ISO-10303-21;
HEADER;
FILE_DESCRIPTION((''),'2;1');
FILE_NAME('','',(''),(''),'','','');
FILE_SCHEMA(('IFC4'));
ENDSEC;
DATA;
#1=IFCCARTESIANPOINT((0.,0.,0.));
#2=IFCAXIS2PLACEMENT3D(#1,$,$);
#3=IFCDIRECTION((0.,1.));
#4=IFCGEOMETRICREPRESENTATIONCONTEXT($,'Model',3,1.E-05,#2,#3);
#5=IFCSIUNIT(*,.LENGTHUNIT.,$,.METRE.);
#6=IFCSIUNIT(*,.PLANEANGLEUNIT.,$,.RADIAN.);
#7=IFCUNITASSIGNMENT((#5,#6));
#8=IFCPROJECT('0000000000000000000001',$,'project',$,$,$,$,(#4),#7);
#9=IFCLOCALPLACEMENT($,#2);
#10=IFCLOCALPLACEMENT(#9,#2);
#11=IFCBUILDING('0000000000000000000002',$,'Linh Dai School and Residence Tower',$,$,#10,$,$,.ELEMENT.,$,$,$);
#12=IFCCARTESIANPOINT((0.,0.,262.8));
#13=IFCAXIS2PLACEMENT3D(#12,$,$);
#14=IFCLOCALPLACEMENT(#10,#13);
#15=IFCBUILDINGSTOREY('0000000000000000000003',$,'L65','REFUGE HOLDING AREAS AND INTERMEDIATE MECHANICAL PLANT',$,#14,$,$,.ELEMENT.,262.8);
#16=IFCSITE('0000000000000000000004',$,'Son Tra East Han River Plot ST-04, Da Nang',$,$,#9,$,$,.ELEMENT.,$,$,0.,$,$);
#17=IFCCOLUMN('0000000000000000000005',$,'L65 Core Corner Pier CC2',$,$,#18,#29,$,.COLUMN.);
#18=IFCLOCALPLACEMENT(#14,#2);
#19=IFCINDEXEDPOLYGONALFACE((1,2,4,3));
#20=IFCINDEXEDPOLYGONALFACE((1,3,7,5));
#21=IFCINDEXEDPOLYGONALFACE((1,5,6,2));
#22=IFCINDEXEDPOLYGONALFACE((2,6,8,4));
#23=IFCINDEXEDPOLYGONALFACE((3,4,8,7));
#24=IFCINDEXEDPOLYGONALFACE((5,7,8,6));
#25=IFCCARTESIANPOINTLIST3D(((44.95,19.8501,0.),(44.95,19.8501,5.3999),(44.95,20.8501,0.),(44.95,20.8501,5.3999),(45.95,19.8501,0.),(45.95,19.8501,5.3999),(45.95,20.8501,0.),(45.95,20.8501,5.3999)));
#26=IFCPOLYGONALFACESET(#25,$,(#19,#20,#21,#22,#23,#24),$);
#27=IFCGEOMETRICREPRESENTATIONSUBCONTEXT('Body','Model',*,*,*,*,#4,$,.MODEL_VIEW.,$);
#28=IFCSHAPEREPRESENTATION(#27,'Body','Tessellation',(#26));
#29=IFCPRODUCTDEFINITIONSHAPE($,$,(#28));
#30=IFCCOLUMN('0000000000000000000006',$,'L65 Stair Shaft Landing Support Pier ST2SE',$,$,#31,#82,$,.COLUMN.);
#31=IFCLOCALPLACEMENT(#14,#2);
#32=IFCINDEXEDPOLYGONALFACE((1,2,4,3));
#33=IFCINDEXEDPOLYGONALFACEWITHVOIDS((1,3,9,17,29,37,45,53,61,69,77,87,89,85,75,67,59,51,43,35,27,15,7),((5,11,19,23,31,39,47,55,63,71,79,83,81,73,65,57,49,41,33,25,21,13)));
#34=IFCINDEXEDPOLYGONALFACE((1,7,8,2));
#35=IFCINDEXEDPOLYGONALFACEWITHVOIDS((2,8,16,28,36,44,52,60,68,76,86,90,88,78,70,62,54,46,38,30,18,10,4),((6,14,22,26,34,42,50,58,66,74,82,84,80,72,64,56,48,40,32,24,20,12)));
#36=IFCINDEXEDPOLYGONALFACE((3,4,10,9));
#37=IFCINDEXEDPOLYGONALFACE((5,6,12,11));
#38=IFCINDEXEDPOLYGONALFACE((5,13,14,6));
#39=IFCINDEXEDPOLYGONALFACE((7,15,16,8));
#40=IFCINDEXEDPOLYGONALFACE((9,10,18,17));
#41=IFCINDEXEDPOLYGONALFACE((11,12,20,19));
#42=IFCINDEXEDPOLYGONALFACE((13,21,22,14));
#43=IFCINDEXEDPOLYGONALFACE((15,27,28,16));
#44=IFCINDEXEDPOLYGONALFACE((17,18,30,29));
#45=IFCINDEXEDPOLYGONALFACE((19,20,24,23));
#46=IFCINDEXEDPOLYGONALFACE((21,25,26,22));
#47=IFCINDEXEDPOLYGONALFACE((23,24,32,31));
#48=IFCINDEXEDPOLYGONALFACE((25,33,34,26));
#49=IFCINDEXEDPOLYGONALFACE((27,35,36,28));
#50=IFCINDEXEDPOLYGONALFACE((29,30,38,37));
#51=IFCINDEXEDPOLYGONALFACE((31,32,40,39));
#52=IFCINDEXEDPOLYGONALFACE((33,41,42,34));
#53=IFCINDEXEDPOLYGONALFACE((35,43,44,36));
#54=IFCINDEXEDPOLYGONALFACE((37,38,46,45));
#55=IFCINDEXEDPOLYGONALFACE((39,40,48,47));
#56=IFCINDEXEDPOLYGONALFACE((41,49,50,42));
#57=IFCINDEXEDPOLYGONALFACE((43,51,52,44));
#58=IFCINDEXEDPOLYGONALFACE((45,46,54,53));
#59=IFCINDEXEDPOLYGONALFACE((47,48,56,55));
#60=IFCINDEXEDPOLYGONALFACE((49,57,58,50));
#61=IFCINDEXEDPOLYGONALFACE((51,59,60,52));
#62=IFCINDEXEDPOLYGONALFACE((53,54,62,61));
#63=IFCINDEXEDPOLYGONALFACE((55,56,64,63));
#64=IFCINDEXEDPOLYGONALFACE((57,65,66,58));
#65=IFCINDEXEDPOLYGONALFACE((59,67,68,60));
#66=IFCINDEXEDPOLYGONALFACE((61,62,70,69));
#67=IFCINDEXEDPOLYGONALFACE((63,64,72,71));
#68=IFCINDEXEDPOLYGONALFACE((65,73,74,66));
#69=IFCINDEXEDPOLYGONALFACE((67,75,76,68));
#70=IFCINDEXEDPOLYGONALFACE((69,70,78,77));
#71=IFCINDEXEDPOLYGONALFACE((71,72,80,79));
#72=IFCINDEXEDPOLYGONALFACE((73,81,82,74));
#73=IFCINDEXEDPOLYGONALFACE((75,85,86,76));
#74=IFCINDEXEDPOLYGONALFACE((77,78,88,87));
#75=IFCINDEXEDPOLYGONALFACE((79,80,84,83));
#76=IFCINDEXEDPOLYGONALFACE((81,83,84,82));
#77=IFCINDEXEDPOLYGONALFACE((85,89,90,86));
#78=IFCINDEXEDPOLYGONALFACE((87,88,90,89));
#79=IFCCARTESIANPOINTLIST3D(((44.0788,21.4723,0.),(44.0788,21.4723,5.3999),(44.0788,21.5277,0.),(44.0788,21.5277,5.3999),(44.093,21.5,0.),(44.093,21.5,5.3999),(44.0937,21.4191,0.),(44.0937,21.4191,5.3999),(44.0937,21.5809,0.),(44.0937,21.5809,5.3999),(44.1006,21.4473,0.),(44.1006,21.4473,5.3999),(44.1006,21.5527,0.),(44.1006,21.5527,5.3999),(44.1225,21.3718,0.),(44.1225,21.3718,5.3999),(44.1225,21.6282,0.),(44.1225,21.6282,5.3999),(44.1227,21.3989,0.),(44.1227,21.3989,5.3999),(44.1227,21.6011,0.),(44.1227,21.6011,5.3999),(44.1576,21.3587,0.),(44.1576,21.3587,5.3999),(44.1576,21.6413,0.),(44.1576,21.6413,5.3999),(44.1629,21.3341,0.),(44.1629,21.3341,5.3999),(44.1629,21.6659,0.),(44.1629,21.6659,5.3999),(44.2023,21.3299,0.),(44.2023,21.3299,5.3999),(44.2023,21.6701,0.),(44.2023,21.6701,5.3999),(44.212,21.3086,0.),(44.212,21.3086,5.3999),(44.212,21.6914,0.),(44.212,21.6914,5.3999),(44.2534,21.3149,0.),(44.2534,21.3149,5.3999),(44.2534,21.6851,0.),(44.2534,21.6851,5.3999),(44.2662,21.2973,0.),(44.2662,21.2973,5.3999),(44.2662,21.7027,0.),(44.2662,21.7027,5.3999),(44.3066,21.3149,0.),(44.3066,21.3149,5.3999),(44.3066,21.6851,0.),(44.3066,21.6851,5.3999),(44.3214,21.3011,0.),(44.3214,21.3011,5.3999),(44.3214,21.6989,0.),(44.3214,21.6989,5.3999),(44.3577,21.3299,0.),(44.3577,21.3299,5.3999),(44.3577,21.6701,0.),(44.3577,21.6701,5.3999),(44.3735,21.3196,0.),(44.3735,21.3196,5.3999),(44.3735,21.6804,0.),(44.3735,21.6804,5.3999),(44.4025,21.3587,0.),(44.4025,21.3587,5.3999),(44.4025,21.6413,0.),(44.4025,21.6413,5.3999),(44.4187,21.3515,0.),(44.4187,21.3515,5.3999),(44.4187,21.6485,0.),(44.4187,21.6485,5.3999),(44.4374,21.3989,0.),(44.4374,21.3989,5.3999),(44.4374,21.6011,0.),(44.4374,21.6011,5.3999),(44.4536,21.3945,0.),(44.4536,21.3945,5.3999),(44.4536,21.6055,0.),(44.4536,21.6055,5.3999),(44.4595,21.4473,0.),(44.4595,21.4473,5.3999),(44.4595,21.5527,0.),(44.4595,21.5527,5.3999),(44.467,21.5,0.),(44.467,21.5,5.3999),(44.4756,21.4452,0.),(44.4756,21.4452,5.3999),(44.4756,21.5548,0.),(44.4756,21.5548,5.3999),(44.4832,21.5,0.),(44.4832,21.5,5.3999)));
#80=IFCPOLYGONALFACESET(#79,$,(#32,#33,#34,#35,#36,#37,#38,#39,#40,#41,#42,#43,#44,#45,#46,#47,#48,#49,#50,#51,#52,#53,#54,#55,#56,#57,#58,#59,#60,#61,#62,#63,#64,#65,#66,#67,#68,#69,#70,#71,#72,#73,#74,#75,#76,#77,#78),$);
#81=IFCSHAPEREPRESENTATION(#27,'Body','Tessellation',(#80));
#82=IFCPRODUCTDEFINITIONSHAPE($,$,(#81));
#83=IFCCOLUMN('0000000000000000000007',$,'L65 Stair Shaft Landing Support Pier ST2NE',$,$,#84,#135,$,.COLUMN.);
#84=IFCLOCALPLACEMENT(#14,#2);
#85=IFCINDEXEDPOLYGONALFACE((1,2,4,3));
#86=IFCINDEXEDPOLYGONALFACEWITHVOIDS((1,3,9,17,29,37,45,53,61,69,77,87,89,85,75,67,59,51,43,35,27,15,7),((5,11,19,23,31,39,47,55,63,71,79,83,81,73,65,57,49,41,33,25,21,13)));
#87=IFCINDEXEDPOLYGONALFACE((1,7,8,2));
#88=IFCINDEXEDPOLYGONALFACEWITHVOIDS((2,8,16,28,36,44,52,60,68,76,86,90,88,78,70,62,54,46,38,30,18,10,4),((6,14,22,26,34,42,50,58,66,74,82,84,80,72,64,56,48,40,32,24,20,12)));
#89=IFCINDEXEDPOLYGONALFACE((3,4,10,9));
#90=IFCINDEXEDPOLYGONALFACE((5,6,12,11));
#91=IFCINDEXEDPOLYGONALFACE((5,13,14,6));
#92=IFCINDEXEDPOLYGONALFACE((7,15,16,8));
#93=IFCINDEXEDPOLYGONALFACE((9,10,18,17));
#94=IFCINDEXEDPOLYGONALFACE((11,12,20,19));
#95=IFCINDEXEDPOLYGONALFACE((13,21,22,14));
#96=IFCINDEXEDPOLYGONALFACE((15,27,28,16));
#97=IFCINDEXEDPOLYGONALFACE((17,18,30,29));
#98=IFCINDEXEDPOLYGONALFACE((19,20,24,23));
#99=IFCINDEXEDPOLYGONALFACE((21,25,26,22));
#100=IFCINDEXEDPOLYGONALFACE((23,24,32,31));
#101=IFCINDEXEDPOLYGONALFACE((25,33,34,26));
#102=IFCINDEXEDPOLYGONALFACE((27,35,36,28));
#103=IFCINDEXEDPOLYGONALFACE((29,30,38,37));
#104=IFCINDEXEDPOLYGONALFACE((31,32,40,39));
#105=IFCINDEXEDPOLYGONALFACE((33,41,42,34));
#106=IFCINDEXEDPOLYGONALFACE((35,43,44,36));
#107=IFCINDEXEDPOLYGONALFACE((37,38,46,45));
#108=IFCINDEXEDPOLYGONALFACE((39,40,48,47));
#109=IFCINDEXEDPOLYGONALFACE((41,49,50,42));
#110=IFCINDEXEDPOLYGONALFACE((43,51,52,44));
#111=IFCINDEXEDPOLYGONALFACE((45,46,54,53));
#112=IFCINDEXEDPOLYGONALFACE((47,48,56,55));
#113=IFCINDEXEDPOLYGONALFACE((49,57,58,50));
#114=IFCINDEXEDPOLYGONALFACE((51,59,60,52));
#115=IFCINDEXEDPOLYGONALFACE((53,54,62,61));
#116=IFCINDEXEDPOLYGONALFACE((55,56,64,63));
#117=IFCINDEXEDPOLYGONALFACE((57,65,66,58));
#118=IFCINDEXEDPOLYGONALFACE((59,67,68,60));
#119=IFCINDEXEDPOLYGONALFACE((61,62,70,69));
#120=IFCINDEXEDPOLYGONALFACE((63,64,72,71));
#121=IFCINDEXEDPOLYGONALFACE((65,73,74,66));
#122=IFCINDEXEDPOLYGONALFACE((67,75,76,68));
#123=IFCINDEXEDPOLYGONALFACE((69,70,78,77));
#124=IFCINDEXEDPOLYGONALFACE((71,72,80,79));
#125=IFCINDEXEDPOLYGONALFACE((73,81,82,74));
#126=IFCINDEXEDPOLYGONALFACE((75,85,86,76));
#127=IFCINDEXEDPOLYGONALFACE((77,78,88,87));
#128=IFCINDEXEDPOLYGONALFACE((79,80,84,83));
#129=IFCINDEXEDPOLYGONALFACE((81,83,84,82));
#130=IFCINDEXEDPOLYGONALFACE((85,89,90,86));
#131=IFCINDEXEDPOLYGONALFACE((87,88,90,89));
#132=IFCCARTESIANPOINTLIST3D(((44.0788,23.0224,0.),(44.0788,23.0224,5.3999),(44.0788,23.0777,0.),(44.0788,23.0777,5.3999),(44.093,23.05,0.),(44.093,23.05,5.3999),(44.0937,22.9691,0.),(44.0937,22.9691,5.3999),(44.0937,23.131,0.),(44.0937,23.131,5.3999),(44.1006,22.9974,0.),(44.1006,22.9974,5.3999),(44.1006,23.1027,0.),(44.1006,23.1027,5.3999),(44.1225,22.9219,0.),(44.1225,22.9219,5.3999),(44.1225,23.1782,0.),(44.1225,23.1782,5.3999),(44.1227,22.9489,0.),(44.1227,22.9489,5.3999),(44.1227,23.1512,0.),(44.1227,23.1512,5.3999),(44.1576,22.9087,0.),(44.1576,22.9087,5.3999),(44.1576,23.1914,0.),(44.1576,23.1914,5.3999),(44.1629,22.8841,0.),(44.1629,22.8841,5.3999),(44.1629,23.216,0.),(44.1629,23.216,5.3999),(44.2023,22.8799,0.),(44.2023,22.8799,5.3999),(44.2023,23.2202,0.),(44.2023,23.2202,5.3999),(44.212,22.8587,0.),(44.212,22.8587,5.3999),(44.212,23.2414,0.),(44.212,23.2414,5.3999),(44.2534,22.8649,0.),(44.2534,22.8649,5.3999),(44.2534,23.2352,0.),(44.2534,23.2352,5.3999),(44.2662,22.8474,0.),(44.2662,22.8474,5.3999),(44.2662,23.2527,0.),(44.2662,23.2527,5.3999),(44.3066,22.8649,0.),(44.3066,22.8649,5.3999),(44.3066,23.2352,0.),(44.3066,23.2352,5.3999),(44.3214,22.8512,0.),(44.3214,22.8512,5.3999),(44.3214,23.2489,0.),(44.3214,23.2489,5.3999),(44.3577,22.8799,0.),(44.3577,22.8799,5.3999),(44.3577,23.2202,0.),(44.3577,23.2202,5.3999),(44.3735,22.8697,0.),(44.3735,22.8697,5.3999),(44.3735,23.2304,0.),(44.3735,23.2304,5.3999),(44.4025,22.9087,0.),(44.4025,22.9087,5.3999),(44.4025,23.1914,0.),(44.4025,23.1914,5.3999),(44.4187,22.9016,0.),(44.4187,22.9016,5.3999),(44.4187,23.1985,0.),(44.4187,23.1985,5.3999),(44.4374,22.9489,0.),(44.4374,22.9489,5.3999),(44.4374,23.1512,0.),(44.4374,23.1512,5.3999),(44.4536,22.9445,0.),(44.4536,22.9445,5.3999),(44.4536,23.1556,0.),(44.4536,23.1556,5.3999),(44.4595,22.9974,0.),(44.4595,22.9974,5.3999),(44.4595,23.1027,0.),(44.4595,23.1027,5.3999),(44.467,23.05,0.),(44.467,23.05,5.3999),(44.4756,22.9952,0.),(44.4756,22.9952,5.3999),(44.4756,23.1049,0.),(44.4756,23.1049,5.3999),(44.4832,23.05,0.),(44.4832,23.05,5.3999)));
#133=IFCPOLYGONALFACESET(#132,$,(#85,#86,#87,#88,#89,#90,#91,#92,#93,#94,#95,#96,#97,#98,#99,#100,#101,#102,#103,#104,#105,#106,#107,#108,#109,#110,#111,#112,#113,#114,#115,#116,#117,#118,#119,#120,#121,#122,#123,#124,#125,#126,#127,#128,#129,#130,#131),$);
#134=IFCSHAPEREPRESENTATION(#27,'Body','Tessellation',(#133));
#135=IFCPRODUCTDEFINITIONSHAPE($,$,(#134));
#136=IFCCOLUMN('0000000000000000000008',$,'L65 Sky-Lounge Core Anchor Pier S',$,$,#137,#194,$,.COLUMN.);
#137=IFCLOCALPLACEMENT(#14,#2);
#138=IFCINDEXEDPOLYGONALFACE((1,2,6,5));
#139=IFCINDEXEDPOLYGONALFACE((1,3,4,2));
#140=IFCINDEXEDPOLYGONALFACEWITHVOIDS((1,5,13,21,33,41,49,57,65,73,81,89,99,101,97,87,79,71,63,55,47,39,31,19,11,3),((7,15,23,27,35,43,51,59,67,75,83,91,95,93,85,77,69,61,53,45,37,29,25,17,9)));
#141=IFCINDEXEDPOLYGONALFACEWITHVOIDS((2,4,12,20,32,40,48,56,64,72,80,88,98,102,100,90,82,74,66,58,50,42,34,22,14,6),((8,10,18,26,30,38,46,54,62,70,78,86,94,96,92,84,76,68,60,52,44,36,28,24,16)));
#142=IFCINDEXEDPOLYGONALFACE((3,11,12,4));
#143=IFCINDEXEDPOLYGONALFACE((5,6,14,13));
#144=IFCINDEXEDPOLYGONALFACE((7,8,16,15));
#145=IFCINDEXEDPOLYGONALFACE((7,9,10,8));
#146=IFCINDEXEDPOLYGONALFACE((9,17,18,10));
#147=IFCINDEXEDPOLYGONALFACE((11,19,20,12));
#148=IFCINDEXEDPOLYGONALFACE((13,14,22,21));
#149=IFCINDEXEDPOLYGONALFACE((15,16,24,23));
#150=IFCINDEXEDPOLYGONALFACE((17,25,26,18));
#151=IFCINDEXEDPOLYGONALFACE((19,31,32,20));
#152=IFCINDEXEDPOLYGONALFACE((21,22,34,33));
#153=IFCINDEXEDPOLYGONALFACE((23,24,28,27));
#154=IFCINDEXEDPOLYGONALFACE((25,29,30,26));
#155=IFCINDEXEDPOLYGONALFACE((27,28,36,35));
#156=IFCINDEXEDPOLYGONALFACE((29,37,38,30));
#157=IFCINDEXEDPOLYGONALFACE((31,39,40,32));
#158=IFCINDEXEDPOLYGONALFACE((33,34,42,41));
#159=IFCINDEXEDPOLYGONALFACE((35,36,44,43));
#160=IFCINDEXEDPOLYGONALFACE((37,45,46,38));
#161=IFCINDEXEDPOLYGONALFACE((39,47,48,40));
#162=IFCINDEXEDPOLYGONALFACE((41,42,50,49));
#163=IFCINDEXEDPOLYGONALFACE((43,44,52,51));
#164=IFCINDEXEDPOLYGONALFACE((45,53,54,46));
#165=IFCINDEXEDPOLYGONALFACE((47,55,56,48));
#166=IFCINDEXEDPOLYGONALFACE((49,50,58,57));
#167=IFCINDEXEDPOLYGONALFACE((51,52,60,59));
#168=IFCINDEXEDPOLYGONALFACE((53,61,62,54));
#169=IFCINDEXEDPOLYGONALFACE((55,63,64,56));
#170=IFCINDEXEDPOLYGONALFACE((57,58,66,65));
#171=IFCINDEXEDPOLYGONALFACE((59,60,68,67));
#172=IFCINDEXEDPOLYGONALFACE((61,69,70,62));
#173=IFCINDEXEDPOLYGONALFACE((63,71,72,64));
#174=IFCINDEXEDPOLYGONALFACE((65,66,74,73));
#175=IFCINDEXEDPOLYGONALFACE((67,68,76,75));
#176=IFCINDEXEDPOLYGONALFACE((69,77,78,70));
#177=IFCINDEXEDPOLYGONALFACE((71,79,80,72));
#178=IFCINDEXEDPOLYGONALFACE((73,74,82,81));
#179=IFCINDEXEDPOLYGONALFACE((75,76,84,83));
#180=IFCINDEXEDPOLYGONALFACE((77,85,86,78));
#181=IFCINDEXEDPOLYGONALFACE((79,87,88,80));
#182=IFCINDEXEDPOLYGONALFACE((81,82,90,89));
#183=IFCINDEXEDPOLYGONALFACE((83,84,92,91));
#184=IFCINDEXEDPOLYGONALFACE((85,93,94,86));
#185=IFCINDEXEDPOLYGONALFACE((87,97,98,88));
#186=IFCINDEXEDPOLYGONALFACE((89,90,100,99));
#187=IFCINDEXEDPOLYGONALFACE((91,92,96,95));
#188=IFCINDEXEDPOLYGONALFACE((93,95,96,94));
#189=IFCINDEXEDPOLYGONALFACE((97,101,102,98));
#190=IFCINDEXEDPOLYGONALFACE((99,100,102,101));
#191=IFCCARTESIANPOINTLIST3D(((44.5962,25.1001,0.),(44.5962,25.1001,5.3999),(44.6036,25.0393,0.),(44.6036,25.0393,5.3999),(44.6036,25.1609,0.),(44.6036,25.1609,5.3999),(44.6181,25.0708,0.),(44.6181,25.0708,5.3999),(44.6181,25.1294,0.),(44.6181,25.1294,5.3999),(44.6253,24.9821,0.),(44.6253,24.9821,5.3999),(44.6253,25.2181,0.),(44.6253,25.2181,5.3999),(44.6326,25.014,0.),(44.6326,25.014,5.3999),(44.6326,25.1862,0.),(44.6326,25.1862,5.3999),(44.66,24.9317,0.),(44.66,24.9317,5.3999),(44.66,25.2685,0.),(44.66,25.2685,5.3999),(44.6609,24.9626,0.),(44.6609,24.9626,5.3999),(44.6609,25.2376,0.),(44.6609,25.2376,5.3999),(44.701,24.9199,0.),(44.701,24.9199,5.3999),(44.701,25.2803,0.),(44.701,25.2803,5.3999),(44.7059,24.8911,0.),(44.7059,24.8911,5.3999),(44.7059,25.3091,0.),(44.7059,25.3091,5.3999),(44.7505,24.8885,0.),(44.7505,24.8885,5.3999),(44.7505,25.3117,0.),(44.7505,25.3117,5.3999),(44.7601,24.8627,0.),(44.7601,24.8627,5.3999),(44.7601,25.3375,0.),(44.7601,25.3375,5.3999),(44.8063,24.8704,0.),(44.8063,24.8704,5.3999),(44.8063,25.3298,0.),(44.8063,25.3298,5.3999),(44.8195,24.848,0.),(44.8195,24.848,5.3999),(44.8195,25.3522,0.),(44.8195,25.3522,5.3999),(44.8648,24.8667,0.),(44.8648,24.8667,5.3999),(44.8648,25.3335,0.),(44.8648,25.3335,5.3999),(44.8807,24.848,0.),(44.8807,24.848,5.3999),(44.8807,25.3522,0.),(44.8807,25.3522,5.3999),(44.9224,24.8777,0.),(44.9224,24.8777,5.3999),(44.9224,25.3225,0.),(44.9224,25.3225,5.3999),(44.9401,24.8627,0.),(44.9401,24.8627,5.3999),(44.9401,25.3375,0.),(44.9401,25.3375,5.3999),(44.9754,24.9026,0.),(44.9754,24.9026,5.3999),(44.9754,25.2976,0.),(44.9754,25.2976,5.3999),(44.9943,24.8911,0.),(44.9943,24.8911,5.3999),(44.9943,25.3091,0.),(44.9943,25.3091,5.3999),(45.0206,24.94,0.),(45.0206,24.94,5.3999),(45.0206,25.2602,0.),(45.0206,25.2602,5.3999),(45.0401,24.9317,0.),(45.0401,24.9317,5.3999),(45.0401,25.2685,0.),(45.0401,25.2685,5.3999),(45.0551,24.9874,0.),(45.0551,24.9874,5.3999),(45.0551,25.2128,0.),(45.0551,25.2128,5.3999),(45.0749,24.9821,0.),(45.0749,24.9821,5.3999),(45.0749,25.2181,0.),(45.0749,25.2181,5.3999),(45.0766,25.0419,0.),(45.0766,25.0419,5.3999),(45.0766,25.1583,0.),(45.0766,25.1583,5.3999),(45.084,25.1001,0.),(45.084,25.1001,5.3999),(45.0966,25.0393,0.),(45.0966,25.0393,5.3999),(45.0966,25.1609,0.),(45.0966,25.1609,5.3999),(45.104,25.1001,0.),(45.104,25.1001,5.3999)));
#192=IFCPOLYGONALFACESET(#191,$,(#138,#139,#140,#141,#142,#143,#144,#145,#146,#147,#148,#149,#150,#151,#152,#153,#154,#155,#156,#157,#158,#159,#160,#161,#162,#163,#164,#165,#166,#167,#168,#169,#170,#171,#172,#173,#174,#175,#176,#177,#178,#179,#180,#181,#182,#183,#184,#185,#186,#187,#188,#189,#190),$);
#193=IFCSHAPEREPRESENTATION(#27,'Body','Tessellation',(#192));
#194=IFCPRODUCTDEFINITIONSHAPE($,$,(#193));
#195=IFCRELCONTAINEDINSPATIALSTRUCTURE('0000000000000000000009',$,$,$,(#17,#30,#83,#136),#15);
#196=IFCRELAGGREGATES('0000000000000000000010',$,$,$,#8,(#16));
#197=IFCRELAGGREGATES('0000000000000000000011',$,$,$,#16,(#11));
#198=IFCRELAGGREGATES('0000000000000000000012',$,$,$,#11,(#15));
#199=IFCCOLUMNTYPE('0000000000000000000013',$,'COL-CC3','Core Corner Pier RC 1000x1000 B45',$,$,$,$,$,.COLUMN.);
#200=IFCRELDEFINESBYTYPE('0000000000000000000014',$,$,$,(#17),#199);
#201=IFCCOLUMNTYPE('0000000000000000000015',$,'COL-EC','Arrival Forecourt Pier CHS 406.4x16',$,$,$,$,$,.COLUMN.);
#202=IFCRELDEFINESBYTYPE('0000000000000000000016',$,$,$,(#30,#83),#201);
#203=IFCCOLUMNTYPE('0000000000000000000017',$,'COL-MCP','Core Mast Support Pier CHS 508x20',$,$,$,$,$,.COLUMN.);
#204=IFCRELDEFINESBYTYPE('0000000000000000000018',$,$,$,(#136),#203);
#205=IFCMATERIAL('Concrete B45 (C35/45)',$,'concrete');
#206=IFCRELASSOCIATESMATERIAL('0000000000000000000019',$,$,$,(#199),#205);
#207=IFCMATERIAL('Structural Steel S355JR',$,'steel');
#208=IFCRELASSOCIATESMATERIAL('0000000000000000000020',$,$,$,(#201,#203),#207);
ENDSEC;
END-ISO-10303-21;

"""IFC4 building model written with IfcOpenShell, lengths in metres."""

from ifc_helpers import new_model, si_unit, direction, frame, origin, origin_2d, place, context, subcontext, project, spatial, rectangle, hollow_circle, extrude, material, material_profile, profile_set, type_object, element, save


model = new_model("IFC4")

# Units and contexts
model_context = context("Model", 3, precision=1e-05, world=origin(), true_north=direction((0.0, 1.0)))
body_context = subcontext(model_context, "Body", "Model", "MODEL_VIEW")
ifc_project = project(units=[si_unit("LENGTHUNIT", "METRE"), si_unit("PLANEANGLEUNIT", "RADIAN")], contexts=[model_context])

# Site, building, storey
site_placement = place(None, origin())
site = spatial("IfcSite", under=ifc_project, at=site_placement, Name="Son Tra East Han River Plot ST-04, Da Nang", CompositionType="ELEMENT", RefElevation=0.0)
building_placement = place(site_placement, origin())
building = spatial("IfcBuilding", under=site, at=building_placement, Name="Linh Dai School and Residence Tower", CompositionType="ELEMENT")
storey_placement = place(building_placement, frame((0.0, 0.0, 262.8)))
storey = spatial("IfcBuildingStorey", under=building, at=storey_placement, Name="L65", Description="REFUGE HOLDING AREAS AND INTERMEDIATE MECHANICAL PLANT", CompositionType="ELEMENT", Elevation=262.8)

# Columns
ifc_material_1 = material(Name="Concrete B45 (C35/45)", Category="concrete")
ifc_material_profile_1 = material_profile(ifc_material_1, rectangle(XDim=1.0, YDim=1.0, at=origin_2d()), Name="RC 1000x1000")
ifc_profile_set_1 = profile_set([ifc_material_profile_1], Name="Concrete B45 (C35/45)")
column_type_1 = type_object("IfcColumnType", Name="COL-CC3", Description="Core Corner Pier RC 1000x1000 B45", PredefinedType="COLUMN", material=ifc_profile_set_1)
column_1_placement = place(storey_placement, frame((45.45, 20.3501, 0.0), z_axis=(0.0, 0.0, 1.0), x_axis=(1.0, 0.0, 0.0)))
element("IfcColumn", 1, at=column_1_placement, inside=storey, type_object=column_type_1, Name="L65 Core Corner Pier CC2", PredefinedType="COLUMN", context=body_context, shape_type="SweptSolid", body=[
    extrude(rectangle(XDim=1.0, YDim=1.0, at=origin_2d()), origin(), (0.0, 0.0, 1.0), 5.3999),
])
ifc_material_2 = material(Name="Structural Steel S355JR", Category="steel")
ifc_material_profile_2 = material_profile(ifc_material_2, hollow_circle(Radius=0.2031, WallThickness=0.0161, at=origin_2d()), Name="CHS 406.4x16")
ifc_profile_set_2 = profile_set([ifc_material_profile_2], Name="Structural Steel S355JR")
column_type_2 = type_object("IfcColumnType", Name="COL-EC", Description="Arrival Forecourt Pier CHS 406.4x16", PredefinedType="COLUMN", material=ifc_profile_set_2)
for number, where, z_axis, x_axis, name in (
    (2, (44.28, 21.5, 0.0), (0.0, 0.0, 1.0), (1.0, 0.0, 0.0), "L65 Stair Shaft Landing Support Pier ST2SE"),
    (3, (44.28, 23.05, 0.0), (0.0, 0.0, 1.0), (1.0, 0.0, 0.0), "L65 Stair Shaft Landing Support Pier ST2NE"),
):
    element("IfcColumn", number, at=place(storey_placement, frame(where, z_axis=z_axis, x_axis=x_axis)), inside=storey, type_object=column_type_2, Name=name, PredefinedType="COLUMN", context=body_context, shape_type="SweptSolid", body=[
        extrude(hollow_circle(Radius=0.2031, WallThickness=0.0161, at=origin_2d()), origin(), (0.0, 0.0, 1.0), 5.3999),
    ])
ifc_material_profile_3 = material_profile(ifc_material_2, hollow_circle(Radius=0.2539, WallThickness=0.02, at=origin_2d()), Name="CHS 508x20")
ifc_profile_set_3 = profile_set([ifc_material_profile_3], Name="Structural Steel S355JR")
column_type_3 = type_object("IfcColumnType", Name="COL-MCP", Description="Core Mast Support Pier CHS 508x20", PredefinedType="COLUMN", material=ifc_profile_set_3)
column_2_placement = place(storey_placement, frame((44.8501, 25.1001, 0.0), z_axis=(0.0, 0.0, 1.0), x_axis=(1.0, 0.0, 0.0)))
element("IfcColumn", 4, at=column_2_placement, inside=storey, type_object=column_type_3, Name="L65 Sky-Lounge Core Anchor Pier S", PredefinedType="COLUMN", context=body_context, shape_type="SweptSolid", body=[
    extrude(hollow_circle(Radius=0.2539, WallThickness=0.02, at=origin_2d()), origin(), (0.0, 0.0, 1.0), 5.3999),
])

save(model, "model.ifc")
